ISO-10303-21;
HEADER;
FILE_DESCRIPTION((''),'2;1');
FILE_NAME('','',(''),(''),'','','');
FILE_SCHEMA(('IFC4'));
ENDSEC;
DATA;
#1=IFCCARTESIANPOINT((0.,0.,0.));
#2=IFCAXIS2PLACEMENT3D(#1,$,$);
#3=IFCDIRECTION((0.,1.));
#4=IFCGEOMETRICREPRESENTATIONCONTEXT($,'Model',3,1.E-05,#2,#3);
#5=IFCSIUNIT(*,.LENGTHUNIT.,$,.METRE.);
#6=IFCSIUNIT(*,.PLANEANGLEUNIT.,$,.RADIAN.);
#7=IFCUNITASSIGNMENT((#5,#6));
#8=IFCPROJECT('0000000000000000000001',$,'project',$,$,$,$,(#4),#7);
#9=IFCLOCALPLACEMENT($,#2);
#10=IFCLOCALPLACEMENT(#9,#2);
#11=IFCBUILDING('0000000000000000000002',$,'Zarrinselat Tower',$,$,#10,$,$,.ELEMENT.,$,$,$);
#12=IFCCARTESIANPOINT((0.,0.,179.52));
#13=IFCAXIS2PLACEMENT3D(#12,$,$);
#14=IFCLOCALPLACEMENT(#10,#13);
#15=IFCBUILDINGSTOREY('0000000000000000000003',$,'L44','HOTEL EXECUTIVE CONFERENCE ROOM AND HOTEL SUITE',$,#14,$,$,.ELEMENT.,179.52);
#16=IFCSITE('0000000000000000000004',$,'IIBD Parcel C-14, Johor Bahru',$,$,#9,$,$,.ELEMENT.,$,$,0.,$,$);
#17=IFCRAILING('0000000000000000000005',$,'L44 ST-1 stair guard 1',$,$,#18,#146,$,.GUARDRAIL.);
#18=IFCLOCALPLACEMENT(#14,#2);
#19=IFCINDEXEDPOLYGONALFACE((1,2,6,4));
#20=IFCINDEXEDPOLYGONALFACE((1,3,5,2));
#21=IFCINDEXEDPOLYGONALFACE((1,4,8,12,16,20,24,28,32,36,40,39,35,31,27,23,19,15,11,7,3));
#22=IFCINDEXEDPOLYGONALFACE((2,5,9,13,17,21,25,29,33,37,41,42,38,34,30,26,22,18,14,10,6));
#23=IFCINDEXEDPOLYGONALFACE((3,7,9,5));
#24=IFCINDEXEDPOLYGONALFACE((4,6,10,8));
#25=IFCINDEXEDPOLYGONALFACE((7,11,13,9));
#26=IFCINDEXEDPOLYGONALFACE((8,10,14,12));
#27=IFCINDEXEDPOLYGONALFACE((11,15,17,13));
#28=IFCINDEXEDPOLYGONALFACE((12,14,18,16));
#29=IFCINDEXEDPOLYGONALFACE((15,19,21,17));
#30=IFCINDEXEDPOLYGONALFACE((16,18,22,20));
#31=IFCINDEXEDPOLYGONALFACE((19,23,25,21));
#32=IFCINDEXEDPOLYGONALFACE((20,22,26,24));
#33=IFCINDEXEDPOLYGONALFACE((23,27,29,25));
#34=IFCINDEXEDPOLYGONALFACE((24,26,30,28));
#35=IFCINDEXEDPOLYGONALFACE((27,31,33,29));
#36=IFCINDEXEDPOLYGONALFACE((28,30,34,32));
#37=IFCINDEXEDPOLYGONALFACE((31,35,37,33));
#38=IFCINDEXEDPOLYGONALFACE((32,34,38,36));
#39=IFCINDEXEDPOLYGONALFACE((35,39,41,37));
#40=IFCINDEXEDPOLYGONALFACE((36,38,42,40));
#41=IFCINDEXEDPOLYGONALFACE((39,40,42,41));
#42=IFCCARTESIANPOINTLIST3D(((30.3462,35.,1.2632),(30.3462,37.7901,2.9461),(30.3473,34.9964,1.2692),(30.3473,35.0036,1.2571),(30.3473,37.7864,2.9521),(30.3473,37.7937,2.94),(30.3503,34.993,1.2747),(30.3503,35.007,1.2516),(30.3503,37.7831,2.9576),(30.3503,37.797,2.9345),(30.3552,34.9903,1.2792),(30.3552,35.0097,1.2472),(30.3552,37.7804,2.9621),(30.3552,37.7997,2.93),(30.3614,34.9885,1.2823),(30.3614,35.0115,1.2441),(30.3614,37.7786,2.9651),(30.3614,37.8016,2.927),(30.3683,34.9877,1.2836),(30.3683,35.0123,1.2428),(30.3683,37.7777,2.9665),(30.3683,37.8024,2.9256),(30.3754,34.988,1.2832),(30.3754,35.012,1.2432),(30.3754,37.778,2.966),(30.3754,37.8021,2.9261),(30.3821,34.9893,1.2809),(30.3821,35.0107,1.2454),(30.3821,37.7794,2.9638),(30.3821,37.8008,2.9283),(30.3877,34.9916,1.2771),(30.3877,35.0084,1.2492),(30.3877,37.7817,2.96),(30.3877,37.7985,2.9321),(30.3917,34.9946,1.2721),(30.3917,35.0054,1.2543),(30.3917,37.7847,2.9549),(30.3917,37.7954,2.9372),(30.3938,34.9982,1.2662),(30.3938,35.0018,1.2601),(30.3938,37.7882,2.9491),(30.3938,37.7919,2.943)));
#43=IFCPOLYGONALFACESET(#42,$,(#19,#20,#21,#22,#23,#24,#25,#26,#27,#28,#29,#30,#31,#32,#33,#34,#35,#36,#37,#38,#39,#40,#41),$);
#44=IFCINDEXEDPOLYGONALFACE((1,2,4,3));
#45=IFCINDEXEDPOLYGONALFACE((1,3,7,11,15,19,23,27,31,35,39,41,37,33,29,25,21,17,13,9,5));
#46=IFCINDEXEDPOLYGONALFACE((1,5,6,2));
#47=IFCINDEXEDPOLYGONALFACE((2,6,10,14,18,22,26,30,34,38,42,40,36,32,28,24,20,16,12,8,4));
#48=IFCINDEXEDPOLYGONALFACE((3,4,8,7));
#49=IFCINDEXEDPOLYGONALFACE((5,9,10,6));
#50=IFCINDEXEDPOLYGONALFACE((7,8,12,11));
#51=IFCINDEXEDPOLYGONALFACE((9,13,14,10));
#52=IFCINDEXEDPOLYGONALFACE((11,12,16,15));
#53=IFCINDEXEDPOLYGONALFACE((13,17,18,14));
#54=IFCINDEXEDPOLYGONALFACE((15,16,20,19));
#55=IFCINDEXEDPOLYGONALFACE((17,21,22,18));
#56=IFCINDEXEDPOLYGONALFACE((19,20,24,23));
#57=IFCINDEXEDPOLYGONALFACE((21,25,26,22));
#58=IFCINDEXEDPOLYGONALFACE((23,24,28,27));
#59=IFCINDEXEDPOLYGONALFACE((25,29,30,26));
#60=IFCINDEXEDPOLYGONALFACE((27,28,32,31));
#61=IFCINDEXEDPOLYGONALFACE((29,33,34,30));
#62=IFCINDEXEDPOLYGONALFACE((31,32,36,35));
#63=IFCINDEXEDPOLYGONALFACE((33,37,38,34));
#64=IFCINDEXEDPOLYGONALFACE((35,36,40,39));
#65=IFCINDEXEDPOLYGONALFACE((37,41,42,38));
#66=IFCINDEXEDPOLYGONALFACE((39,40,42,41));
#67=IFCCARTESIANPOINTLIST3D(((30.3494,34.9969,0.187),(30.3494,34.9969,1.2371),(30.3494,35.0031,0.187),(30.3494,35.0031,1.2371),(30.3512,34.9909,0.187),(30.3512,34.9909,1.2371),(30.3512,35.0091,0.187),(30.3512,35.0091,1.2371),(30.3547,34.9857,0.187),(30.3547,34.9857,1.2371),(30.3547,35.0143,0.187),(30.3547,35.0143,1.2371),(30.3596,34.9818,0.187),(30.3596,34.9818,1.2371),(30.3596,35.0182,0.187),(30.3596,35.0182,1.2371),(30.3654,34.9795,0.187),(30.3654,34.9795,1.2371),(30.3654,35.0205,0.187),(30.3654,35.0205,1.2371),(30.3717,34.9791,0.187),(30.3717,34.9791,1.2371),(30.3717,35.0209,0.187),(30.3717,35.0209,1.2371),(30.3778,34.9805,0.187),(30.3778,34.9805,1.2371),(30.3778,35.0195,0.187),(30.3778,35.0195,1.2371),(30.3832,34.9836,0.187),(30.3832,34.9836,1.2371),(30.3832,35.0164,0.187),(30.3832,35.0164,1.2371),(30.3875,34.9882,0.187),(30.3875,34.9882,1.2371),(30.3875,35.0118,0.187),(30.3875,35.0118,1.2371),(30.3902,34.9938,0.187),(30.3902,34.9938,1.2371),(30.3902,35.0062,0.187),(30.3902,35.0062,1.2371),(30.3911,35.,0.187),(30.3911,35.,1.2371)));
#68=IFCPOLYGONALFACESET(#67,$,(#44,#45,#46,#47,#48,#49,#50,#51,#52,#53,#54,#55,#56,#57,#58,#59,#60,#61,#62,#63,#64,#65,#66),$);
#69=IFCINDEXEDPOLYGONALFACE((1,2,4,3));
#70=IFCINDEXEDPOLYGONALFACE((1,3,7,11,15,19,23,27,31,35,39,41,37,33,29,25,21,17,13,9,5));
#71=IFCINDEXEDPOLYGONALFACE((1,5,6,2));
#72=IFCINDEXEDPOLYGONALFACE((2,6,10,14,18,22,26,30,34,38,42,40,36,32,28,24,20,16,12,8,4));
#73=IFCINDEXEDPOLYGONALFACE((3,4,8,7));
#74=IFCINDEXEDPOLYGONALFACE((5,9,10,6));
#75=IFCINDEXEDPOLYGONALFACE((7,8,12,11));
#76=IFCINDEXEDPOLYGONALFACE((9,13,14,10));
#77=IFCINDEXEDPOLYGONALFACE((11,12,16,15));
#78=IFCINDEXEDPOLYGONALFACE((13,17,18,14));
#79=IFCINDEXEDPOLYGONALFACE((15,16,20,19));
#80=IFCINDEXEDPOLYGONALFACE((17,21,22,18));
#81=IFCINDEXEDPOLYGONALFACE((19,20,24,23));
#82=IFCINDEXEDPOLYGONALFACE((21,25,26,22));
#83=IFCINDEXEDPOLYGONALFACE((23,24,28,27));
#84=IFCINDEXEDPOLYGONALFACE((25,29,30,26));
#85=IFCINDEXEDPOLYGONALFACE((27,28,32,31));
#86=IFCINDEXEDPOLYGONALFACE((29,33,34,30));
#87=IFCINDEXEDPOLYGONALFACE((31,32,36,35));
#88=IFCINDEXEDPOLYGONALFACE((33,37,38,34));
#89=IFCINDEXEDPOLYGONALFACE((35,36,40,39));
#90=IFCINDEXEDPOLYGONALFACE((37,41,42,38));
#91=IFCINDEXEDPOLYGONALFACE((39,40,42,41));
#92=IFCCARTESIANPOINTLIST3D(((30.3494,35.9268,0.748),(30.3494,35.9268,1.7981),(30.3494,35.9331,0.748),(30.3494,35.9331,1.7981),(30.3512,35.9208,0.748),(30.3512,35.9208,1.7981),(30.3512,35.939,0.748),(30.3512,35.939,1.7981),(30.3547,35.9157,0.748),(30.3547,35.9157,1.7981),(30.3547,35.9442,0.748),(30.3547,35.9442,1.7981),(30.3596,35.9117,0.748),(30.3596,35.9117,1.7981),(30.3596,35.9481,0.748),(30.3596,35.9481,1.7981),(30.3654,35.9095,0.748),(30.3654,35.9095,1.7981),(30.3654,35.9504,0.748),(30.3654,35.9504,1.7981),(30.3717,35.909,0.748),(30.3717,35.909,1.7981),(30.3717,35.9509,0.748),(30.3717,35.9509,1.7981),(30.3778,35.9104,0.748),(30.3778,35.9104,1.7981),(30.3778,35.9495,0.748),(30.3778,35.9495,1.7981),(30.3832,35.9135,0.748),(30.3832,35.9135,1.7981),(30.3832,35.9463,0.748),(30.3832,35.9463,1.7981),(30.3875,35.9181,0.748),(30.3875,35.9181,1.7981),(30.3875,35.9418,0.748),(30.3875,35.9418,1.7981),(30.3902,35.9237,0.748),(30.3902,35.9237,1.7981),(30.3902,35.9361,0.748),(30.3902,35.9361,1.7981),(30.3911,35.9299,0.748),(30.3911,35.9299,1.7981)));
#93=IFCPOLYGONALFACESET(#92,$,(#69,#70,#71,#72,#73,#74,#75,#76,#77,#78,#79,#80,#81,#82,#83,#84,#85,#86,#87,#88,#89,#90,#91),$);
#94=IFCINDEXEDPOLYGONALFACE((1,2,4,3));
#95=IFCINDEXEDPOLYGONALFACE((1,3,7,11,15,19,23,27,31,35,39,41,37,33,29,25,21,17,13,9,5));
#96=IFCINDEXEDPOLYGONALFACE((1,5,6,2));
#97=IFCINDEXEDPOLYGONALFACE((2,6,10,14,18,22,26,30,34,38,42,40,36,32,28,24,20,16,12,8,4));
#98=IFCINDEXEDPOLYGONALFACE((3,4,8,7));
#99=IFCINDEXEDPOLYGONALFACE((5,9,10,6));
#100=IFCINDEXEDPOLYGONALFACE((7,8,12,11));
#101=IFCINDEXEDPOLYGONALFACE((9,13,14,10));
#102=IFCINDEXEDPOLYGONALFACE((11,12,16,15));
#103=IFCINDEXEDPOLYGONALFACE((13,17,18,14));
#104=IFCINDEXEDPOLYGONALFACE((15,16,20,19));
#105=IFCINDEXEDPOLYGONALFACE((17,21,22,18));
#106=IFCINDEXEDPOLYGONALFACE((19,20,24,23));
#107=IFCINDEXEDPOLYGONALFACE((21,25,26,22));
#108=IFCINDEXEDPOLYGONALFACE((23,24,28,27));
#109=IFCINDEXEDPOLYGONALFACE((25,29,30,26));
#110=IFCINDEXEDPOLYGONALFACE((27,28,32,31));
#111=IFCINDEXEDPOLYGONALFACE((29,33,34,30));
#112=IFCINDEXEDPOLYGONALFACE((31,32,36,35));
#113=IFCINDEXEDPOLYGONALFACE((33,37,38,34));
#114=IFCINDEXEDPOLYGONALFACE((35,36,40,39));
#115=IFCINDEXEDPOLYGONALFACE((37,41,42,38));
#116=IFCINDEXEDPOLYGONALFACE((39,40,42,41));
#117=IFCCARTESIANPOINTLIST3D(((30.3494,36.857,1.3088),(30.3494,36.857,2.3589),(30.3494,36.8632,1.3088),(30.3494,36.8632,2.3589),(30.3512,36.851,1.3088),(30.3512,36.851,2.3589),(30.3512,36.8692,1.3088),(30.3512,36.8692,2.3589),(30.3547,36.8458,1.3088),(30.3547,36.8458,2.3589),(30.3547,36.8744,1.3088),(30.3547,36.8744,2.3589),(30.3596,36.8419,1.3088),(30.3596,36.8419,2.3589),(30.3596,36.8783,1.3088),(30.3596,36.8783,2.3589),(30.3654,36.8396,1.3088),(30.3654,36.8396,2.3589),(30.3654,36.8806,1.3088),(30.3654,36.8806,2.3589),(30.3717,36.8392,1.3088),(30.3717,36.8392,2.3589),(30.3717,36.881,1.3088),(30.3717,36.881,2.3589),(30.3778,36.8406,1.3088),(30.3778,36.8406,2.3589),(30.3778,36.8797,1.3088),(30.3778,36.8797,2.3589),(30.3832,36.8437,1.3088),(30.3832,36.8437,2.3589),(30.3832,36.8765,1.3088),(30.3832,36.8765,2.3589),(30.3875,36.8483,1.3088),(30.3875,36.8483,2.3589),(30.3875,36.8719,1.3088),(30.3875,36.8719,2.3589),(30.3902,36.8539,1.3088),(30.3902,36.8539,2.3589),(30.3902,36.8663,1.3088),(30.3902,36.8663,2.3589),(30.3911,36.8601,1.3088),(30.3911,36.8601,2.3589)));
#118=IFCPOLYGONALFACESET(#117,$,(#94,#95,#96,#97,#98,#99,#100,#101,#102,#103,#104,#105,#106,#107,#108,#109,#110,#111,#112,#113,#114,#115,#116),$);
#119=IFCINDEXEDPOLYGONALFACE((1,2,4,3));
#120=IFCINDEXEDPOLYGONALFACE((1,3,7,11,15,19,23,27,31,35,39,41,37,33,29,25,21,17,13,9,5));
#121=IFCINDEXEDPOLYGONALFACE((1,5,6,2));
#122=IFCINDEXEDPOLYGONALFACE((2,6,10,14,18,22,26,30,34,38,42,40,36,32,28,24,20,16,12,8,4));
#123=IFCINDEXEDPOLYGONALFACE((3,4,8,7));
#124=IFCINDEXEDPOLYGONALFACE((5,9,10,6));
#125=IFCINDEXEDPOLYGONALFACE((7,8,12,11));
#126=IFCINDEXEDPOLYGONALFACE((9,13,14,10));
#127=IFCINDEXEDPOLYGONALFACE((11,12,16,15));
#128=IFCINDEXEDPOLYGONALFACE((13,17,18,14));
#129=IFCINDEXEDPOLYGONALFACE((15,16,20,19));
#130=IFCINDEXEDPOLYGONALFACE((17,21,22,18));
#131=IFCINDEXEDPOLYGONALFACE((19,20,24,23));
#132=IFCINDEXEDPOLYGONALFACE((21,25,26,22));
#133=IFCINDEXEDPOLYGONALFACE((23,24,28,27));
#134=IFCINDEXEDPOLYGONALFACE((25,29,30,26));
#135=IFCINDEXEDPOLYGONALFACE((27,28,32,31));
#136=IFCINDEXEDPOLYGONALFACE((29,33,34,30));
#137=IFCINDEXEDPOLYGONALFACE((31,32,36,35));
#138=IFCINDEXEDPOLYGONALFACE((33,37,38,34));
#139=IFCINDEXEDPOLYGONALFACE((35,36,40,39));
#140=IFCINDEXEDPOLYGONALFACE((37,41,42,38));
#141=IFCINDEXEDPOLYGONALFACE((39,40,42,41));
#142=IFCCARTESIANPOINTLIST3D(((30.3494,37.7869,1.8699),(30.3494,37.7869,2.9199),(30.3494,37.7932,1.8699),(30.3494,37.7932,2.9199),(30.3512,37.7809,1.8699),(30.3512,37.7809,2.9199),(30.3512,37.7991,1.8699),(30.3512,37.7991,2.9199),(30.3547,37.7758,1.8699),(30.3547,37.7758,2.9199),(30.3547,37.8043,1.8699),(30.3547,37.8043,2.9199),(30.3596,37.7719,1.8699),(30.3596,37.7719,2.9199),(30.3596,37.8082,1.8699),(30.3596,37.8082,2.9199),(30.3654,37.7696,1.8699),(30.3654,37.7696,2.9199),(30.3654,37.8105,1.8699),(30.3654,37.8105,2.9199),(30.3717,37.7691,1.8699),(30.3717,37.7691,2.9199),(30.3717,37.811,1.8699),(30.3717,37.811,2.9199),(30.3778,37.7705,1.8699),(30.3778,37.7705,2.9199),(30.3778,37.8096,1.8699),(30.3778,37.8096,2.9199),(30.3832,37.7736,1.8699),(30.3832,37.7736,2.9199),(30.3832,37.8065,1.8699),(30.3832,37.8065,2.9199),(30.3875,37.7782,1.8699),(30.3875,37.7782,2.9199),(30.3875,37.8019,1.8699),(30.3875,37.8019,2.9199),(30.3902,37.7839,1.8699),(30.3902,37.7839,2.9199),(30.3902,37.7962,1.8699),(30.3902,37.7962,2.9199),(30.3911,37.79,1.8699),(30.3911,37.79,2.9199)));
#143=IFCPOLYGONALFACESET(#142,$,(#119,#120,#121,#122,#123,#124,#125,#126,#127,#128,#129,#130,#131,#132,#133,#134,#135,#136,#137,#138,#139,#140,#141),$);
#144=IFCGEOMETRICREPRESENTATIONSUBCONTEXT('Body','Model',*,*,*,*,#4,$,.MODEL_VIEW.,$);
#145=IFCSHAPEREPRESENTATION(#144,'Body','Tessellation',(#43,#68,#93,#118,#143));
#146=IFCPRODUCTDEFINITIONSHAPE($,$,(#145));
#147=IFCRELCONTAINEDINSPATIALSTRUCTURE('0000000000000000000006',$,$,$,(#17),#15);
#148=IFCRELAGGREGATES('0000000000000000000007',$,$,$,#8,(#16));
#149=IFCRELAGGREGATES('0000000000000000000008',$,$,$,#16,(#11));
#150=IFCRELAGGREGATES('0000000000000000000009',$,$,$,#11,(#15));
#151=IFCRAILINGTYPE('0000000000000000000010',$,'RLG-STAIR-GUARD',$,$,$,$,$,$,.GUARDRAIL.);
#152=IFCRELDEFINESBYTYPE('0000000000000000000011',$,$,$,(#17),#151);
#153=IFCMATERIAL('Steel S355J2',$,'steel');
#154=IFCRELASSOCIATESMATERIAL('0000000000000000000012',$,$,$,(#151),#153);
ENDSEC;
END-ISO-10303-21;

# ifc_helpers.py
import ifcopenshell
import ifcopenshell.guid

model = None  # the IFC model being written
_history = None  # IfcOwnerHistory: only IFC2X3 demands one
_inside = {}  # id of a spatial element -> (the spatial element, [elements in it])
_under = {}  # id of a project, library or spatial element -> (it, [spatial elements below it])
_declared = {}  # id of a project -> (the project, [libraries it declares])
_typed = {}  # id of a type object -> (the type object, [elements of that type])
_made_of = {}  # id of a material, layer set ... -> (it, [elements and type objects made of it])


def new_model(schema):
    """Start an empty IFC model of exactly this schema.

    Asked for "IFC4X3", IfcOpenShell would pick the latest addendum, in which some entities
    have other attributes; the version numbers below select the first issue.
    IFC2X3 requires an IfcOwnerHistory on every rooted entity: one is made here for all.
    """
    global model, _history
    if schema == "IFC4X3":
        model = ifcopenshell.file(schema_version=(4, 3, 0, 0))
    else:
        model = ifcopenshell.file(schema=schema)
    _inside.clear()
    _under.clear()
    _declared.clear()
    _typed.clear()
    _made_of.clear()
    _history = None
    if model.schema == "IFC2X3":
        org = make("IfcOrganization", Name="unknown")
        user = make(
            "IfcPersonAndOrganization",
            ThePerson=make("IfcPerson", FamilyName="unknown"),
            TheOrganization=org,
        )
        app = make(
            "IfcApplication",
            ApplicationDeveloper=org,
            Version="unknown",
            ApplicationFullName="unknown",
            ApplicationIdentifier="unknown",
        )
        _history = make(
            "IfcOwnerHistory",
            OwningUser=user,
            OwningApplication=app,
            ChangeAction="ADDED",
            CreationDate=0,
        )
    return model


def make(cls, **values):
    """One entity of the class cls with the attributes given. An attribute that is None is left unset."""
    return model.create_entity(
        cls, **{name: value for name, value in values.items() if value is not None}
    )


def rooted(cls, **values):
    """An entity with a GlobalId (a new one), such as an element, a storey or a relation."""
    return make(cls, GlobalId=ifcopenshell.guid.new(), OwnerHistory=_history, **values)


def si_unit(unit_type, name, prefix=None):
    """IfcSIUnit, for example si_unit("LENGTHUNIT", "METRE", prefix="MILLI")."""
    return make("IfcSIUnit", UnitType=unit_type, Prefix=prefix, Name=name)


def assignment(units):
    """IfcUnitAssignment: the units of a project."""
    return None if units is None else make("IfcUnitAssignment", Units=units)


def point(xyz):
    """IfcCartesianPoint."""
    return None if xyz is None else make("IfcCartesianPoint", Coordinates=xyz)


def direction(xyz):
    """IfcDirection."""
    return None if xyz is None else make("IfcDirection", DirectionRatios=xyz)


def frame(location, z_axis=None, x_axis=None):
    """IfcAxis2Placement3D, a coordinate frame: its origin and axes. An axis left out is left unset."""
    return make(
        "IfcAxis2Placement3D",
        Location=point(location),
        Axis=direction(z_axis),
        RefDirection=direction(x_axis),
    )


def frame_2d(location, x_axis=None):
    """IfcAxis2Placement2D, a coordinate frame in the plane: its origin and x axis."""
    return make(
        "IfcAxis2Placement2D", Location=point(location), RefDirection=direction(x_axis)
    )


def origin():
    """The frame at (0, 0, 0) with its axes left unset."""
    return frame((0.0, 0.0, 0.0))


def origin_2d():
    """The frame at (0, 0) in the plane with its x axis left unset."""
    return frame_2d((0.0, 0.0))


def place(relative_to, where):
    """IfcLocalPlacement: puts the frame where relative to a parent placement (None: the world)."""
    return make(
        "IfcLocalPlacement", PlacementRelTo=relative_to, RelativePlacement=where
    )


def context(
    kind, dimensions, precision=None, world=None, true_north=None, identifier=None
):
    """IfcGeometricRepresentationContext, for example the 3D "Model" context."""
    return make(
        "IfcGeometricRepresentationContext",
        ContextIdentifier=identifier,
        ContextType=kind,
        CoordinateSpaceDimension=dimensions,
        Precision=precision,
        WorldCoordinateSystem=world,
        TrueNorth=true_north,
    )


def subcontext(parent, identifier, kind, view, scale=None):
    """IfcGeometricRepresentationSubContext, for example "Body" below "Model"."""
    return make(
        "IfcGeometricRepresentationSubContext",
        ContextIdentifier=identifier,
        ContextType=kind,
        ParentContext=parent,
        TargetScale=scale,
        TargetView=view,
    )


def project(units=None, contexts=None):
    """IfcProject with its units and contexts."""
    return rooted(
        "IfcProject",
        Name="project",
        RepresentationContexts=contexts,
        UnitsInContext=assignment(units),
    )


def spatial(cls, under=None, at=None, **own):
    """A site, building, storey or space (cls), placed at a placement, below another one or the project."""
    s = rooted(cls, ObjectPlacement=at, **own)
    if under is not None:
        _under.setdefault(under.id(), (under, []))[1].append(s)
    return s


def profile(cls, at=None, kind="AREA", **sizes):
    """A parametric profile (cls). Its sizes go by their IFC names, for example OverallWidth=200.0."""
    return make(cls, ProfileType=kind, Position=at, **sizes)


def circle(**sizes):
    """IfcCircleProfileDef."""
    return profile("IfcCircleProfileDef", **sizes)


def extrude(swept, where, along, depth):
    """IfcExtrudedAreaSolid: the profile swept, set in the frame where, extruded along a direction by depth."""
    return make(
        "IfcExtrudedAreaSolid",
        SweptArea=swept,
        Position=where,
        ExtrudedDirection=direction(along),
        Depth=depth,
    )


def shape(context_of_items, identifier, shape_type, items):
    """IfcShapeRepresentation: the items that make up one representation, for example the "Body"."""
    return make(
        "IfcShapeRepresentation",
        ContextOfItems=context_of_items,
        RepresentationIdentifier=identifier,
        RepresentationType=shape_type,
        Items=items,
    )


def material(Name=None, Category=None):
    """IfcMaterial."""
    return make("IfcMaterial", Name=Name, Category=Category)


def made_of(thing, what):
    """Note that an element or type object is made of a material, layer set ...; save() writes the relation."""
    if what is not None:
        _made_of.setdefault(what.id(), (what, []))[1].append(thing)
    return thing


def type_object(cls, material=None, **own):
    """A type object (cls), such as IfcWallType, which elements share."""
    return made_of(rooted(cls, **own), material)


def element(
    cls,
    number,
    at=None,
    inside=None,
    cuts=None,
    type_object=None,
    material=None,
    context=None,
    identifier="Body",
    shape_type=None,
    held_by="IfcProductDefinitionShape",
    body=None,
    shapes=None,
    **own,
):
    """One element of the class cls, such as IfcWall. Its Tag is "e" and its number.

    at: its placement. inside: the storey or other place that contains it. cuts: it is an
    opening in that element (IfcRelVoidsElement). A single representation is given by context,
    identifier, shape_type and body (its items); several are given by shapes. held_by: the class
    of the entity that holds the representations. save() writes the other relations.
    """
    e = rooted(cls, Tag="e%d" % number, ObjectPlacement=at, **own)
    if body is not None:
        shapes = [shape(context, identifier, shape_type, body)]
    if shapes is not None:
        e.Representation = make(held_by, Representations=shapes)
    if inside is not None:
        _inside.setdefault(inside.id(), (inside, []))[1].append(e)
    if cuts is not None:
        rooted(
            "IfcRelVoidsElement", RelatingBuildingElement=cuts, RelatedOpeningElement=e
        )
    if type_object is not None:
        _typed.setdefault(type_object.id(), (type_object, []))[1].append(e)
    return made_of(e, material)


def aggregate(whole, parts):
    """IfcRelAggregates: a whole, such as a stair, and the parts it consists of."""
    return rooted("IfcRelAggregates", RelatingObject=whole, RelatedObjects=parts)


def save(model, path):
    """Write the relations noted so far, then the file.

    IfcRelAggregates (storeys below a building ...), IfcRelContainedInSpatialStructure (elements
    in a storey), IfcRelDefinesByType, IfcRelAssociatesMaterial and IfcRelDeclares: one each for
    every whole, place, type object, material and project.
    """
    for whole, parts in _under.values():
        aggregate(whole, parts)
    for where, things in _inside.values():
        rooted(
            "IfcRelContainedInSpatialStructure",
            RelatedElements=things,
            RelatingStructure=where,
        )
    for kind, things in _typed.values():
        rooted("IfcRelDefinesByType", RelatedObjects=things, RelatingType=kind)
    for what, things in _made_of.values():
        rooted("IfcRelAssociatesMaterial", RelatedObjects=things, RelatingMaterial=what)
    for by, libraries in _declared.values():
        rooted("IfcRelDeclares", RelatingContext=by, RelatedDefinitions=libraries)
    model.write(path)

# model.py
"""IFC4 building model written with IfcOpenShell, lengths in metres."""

from ifc_helpers import new_model, si_unit, direction, frame, origin, origin_2d, place, context, subcontext, project, spatial, circle, extrude, material, type_object, element, save


model = new_model("IFC4")

# Units and contexts
model_context = context("Model", 3, precision=1e-05, world=origin(), true_north=direction((0.0, 1.0)))
body_context = subcontext(model_context, "Body", "Model", "MODEL_VIEW")
ifc_project = project(units=[si_unit("LENGTHUNIT", "METRE"), si_unit("PLANEANGLEUNIT", "RADIAN")], contexts=[model_context])

# Site, building, storey
site_placement = place(None, origin())
site = spatial("IfcSite", under=ifc_project, at=site_placement, Name="IIBD Parcel C-14, Johor Bahru", CompositionType="ELEMENT", RefElevation=0.0)
building_placement = place(site_placement, origin())
building = spatial("IfcBuilding", under=site, at=building_placement, Name="Zarrinselat Tower", CompositionType="ELEMENT")
storey_placement = place(building_placement, frame((0.0, 0.0, 179.52)))
storey = spatial("IfcBuildingStorey", under=building, at=storey_placement, Name="L44", Description="HOTEL EXECUTIVE CONFERENCE ROOM AND HOTEL SUITE", CompositionType="ELEMENT", Elevation=179.52)

# Railing
ifc_material_1 = material(Name="Steel S355J2", Category="steel")
railing_type_1 = type_object("IfcRailingType", Name="RLG-STAIR-GUARD", PredefinedType="GUARDRAIL", material=ifc_material_1)
railing_1_placement = place(storey_placement, frame((30.3701, 35.0, 0.187)))
element("IfcRailing", 1, at=railing_1_placement, inside=storey, type_object=railing_type_1, Name="L44 ST-1 stair guard 1", PredefinedType="GUARDRAIL", context=body_context, shape_type="SweptSolid", body=[
    extrude(circle(Radius=0.0239, at=origin_2d()), frame((0.0, 0.0, 1.0762), z_axis=(0.0, 0.856294, 0.516489), x_axis=(-1.0, 0.0, 0.0)), (0.0, 0.0, 1.0), 3.2583),
    extrude(circle(Radius=0.021, at=origin_2d()), origin(), (0.0, 0.0, 1.0), 1.05),
    extrude(circle(Radius=0.021, at=origin_2d()), frame((0.0, 0.9299, 0.561)), (0.0, 0.0, 1.0), 1.05),
    extrude(circle(Radius=0.021, at=origin_2d()), frame((0.0, 1.8601, 1.1218)), (0.0, 0.0, 1.0), 1.05),
    extrude(circle(Radius=0.021, at=origin_2d()), frame((0.0, 2.79, 1.6829)), (0.0, 0.0, 1.0), 1.05),
])

save(model, "model.ifc")
